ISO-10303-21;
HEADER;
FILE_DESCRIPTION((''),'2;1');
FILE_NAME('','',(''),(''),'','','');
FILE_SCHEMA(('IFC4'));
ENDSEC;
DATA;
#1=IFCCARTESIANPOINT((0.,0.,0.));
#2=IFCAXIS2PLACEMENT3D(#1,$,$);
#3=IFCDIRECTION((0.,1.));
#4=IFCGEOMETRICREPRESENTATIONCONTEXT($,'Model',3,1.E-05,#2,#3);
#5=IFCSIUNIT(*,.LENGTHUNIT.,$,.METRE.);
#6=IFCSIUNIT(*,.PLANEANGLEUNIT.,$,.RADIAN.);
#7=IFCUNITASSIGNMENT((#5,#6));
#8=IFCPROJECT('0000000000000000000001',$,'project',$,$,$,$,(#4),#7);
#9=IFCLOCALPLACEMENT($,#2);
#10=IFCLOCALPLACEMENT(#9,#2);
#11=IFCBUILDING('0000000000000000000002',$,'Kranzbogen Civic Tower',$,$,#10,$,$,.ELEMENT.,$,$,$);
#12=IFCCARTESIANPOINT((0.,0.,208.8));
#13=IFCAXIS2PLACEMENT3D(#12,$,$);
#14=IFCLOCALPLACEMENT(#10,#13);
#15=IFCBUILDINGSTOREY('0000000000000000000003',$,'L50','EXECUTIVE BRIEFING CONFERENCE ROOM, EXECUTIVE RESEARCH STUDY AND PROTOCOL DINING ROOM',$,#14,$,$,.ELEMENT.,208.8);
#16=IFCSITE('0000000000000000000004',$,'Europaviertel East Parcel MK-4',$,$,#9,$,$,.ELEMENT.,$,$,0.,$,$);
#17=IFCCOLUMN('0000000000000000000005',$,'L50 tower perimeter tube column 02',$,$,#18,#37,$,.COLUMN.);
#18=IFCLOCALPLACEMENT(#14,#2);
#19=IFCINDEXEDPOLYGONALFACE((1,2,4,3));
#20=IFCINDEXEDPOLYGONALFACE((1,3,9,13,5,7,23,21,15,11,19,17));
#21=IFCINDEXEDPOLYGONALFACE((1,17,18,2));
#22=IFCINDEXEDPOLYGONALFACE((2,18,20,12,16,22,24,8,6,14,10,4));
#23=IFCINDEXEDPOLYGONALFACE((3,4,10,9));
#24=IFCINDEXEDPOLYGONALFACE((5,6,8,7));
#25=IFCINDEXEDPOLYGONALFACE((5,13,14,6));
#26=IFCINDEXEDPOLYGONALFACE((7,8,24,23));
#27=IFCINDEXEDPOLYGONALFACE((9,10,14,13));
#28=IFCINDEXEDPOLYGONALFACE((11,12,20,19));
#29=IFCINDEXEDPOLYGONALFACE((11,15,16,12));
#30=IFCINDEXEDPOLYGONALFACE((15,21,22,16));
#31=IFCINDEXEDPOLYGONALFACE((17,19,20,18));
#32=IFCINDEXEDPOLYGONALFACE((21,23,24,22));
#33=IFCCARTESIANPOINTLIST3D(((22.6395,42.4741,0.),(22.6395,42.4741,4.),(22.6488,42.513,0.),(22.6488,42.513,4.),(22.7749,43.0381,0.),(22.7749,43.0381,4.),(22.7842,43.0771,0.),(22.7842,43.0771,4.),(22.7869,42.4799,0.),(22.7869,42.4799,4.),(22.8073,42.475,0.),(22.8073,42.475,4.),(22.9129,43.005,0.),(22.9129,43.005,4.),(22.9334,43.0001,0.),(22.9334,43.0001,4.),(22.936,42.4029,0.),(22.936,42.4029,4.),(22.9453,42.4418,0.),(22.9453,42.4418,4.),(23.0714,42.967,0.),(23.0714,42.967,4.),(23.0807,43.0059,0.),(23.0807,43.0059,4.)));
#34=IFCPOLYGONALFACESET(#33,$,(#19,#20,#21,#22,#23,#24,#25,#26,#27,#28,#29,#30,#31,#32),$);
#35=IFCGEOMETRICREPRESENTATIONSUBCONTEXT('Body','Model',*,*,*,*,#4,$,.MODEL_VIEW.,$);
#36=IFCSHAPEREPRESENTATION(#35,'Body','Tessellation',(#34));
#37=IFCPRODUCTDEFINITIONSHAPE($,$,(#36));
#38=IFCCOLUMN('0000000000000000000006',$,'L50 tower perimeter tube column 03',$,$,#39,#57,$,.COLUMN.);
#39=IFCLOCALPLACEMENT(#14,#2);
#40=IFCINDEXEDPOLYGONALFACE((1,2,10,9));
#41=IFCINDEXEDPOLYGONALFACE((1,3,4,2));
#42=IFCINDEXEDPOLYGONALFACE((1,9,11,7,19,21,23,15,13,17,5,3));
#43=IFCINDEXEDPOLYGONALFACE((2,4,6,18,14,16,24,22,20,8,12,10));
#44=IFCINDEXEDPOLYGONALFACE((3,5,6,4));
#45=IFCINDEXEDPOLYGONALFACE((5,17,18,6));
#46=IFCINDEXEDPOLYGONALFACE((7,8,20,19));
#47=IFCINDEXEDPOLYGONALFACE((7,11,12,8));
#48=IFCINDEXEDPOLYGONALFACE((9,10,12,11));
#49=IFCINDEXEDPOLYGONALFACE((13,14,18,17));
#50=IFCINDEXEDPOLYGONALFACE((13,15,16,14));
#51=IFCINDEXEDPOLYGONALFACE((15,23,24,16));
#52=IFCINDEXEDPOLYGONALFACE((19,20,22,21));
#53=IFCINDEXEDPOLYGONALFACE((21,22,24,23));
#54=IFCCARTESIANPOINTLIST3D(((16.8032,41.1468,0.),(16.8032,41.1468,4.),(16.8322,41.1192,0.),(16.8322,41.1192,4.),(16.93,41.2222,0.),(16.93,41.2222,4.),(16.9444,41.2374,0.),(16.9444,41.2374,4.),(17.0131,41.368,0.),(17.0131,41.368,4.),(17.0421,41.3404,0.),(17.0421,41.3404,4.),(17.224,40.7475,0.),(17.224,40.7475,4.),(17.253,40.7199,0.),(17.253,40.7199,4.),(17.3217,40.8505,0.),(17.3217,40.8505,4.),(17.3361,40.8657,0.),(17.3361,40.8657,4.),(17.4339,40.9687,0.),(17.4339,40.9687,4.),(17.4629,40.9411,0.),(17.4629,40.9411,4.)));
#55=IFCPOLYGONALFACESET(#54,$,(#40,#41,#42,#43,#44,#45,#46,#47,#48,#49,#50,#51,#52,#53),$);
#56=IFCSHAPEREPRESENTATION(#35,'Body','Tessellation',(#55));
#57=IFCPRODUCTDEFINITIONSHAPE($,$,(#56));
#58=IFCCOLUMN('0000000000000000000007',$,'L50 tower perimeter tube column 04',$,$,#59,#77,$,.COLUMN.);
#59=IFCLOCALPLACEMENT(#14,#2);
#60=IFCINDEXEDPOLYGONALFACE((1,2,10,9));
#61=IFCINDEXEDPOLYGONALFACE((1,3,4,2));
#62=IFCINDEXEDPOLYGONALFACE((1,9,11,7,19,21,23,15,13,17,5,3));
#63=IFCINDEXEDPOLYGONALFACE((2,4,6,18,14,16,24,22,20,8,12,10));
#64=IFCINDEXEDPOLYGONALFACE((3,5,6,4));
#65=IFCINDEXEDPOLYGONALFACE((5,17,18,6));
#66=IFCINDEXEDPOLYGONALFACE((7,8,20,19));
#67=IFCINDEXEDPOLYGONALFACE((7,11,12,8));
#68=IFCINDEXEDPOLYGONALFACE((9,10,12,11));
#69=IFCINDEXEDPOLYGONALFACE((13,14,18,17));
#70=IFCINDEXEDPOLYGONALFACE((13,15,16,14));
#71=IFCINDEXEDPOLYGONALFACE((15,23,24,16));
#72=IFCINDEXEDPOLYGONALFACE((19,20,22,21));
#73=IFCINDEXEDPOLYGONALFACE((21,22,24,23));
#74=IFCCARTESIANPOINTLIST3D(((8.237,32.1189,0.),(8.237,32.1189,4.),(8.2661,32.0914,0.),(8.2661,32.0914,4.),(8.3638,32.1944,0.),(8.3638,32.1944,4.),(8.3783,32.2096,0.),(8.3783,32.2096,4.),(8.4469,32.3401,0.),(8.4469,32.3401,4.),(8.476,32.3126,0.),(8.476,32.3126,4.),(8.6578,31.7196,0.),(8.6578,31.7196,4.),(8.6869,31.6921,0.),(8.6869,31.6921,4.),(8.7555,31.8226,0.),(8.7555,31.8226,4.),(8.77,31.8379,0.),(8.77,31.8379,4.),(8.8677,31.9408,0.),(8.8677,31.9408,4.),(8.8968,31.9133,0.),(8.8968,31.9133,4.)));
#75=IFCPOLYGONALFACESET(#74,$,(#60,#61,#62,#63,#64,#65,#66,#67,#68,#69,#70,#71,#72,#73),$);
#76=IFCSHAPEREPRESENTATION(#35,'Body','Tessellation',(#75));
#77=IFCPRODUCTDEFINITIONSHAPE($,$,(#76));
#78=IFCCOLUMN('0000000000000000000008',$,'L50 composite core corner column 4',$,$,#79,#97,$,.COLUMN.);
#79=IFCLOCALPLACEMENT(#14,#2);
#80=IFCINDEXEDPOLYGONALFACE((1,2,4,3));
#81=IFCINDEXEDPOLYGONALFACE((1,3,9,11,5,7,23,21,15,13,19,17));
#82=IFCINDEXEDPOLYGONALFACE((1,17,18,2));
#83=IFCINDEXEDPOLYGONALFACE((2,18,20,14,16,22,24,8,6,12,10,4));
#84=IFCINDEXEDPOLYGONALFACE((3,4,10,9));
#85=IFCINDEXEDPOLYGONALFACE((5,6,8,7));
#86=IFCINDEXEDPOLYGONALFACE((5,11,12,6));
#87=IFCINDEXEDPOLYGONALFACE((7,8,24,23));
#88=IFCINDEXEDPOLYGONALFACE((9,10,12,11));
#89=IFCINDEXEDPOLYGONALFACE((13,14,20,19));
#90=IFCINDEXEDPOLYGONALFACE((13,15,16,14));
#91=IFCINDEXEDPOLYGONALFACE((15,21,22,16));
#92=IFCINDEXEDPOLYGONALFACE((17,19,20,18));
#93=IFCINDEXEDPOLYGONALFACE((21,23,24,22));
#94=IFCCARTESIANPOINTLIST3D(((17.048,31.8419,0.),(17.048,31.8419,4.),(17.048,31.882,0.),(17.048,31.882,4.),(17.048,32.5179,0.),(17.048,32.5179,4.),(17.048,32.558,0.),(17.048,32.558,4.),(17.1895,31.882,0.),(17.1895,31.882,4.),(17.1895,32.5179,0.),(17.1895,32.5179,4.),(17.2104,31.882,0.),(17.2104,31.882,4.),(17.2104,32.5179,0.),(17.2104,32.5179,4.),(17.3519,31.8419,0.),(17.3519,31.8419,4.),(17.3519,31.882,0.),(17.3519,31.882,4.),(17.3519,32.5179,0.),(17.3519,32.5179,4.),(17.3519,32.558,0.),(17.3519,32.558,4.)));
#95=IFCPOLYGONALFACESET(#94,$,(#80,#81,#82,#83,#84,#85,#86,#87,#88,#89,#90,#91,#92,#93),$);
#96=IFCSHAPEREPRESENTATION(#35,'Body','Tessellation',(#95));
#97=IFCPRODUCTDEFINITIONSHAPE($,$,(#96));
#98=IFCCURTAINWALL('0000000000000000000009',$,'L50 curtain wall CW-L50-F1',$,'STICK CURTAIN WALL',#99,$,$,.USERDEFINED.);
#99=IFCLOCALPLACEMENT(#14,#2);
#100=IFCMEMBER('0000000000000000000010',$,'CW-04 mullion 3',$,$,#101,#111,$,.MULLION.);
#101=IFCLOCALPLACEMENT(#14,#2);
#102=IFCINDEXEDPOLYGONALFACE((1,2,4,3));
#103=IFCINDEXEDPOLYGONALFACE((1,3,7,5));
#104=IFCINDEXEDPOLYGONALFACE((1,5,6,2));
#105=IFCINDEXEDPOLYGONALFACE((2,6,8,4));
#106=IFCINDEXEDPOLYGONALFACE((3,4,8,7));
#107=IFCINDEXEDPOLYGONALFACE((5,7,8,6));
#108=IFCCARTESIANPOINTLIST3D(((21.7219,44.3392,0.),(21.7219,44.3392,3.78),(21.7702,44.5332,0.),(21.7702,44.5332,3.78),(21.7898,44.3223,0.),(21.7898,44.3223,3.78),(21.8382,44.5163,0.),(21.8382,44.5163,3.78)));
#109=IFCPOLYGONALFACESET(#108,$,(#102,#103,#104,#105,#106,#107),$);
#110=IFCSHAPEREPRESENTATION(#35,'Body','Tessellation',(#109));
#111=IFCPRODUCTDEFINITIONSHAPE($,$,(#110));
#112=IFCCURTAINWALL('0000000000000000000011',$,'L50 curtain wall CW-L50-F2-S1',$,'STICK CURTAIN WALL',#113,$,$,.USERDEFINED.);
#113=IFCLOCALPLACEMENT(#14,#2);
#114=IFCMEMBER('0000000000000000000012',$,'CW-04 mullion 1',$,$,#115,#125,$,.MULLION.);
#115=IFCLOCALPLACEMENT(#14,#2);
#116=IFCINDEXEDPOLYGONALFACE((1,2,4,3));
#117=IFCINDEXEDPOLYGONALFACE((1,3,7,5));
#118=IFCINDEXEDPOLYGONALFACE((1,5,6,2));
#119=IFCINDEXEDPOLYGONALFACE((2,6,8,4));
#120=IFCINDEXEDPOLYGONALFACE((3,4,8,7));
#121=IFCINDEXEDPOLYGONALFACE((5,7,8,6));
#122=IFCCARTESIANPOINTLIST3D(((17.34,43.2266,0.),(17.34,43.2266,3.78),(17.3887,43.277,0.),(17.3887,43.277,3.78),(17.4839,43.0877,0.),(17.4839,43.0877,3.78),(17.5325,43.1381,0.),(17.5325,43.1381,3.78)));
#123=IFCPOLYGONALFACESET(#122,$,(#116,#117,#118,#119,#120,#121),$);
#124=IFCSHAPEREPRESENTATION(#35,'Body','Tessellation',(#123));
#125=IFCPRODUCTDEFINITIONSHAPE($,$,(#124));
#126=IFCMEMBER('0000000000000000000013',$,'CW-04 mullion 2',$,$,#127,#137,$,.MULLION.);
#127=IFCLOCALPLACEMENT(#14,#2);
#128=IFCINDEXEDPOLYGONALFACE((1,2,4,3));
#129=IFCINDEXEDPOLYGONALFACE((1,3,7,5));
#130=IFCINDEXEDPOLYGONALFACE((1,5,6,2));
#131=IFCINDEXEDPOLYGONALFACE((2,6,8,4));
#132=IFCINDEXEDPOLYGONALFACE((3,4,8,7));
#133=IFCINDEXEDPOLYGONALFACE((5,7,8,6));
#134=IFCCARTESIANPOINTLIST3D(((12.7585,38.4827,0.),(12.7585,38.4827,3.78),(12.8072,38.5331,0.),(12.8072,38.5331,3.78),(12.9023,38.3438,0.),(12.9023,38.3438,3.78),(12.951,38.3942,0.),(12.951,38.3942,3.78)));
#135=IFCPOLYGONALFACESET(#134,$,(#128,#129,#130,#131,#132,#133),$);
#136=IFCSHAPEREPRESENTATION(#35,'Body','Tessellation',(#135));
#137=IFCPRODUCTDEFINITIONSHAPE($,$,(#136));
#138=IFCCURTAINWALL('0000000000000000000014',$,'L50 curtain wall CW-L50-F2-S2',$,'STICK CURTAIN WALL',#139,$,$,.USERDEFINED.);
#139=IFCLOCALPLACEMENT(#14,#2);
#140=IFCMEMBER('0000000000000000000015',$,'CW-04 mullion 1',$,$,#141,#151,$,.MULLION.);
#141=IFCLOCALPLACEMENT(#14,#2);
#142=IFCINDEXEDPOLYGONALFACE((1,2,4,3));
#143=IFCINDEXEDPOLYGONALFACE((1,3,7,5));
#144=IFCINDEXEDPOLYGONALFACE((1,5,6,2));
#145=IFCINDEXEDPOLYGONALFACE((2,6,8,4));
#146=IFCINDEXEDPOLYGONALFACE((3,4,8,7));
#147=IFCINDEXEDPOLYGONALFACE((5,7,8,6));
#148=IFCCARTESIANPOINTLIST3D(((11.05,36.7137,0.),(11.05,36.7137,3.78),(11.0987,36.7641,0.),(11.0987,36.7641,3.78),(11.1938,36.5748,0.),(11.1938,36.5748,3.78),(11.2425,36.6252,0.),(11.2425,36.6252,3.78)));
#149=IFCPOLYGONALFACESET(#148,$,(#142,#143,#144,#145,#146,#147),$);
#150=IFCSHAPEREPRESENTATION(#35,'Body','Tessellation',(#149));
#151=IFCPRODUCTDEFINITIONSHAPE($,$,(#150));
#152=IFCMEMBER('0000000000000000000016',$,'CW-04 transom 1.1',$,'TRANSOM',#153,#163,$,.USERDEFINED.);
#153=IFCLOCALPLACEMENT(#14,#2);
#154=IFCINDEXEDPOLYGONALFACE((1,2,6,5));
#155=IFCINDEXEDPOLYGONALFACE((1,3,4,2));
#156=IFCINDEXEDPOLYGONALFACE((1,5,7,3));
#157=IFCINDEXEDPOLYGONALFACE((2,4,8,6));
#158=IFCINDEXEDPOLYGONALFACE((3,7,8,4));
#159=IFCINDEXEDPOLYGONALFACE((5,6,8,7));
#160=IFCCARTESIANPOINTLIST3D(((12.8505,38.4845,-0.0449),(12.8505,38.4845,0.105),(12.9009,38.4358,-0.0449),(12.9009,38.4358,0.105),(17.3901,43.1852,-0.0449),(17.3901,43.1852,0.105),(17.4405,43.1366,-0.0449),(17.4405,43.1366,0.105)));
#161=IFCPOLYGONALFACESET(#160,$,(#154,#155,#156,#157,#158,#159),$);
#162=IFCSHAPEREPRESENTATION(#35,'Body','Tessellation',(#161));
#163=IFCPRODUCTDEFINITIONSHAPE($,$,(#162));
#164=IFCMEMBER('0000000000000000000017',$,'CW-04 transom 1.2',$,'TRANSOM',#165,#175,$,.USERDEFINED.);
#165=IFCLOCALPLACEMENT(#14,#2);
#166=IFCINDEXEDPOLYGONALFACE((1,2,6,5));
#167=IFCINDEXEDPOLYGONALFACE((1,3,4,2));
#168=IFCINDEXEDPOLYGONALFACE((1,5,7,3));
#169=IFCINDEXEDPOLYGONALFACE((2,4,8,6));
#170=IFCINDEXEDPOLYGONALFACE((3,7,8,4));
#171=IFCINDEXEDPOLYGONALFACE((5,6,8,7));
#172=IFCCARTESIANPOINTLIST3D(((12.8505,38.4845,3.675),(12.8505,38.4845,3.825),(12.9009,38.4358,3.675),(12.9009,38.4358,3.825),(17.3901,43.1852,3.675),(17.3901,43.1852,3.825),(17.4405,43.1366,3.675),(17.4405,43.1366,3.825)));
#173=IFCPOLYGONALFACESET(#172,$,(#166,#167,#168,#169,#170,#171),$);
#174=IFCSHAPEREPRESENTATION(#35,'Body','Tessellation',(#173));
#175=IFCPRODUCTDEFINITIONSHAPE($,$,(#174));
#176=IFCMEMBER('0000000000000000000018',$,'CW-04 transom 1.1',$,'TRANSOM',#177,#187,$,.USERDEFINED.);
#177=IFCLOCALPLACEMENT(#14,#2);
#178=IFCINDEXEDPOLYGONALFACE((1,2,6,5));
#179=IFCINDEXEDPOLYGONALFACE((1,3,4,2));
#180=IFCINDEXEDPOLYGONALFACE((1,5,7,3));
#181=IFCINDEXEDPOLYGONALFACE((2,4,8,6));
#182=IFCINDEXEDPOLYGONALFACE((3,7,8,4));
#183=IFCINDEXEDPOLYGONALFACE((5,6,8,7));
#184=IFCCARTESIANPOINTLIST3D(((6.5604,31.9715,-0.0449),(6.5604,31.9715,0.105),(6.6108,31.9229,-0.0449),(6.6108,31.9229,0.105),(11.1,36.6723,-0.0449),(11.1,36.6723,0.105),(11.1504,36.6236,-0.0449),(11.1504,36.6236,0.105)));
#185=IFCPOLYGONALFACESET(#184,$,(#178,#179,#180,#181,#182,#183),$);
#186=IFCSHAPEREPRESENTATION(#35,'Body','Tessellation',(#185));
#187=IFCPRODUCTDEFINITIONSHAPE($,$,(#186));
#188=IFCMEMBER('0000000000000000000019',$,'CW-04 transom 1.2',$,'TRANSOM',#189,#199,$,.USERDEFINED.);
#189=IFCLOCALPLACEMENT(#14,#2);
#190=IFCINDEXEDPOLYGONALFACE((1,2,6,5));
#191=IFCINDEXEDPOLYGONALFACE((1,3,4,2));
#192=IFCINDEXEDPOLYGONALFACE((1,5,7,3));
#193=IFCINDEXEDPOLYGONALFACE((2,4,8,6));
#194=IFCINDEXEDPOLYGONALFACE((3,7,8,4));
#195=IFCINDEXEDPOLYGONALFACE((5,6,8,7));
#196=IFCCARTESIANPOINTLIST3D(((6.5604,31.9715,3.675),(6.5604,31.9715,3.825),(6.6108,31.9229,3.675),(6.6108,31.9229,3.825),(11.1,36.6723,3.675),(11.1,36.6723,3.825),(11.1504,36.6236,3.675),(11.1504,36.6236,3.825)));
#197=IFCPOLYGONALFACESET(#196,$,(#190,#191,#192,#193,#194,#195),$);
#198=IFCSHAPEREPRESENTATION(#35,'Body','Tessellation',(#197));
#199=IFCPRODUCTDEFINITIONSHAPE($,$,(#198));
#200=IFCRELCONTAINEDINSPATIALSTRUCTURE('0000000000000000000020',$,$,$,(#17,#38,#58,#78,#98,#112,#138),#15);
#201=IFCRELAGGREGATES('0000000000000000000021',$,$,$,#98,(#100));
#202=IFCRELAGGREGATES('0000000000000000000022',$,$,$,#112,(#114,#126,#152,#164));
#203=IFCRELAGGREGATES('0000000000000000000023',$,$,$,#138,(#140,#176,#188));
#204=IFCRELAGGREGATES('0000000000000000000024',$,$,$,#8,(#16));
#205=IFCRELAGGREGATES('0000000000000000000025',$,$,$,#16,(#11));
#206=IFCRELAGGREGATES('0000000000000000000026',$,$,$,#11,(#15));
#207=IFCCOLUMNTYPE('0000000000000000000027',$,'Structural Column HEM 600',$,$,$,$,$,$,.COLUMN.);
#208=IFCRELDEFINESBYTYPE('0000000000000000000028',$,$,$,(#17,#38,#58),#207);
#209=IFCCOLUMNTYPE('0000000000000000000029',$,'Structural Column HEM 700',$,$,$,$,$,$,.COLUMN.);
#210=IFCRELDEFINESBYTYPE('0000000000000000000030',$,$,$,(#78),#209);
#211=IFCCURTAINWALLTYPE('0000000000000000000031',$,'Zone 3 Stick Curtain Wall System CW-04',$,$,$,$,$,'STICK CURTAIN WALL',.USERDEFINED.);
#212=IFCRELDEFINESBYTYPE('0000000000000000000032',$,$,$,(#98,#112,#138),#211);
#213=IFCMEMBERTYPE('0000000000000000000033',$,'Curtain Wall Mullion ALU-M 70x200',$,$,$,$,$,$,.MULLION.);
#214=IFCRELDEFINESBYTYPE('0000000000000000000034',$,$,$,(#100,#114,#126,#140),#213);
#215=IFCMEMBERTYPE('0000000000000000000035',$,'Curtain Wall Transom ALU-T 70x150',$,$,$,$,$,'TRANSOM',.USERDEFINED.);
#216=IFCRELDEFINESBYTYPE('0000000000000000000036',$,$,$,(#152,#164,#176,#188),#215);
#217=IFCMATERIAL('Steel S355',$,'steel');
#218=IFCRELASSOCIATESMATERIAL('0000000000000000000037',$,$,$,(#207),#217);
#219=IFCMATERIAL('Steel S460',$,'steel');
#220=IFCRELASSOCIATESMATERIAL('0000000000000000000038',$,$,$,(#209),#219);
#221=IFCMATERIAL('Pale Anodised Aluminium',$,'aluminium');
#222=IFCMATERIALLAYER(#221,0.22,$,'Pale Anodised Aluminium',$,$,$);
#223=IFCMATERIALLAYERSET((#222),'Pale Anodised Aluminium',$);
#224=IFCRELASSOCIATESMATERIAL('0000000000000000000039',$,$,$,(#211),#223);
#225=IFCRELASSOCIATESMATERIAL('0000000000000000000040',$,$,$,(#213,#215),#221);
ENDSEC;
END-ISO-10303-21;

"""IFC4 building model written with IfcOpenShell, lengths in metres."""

from ifc_helpers import new_model, si_unit, direction, frame, origin, origin_2d, place, context, subcontext, project, spatial, rectangle, i_section, extrude, material, layer, layer_set, material_profile, profile_set, type_object, element, aggregate, save


model = new_model("IFC4")

# Units and contexts
model_context = context("Model", 3, precision=1e-05, world=origin(), true_north=direction((0.0, 1.0)))
body_context = subcontext(model_context, "Body", "Model", "MODEL_VIEW")
ifc_project = project(units=[si_unit("LENGTHUNIT", "METRE"), si_unit("PLANEANGLEUNIT", "RADIAN")], contexts=[model_context])

# Site, building, storey
site_placement = place(None, origin())
site = spatial("IfcSite", under=ifc_project, at=site_placement, Name="Europaviertel East Parcel MK-4", CompositionType="ELEMENT", RefElevation=0.0)
building_placement = place(site_placement, origin())
building = spatial("IfcBuilding", under=site, at=building_placement, Name="Kranzbogen Civic Tower", CompositionType="ELEMENT")
storey_placement = place(building_placement, frame((0.0, 0.0, 208.8)))
storey = spatial("IfcBuildingStorey", under=building, at=storey_placement, Name="L50", Description="EXECUTIVE BRIEFING CONFERENCE ROOM, EXECUTIVE RESEARCH STUDY AND PROTOCOL DINING ROOM", CompositionType="ELEMENT", Elevation=208.8)

# Columns
ifc_material_1 = material(Name="Steel S355", Category="steel")
ifc_material_profile_1 = material_profile(ifc_material_1, i_section(OverallWidth=0.3049, OverallDepth=0.6201, WebThickness=0.021, FlangeThickness=0.04, at=origin_2d()), Name="HEM 600")
ifc_profile_set_1 = profile_set([ifc_material_profile_1], Name="Steel S355")
column_type_1 = type_object("IfcColumnType", Name="Structural Column HEM 600", PredefinedType="COLUMN", material=ifc_profile_set_1)
for number, where, z_axis, x_axis, name in (
    (1, (22.8601, 42.74, 0.0), (0.0, 0.0, 1.0), (-0.97237, 0.233445, 0.0), "L50 tower perimeter tube column 02"),
    (2, (17.1331, 41.0439, 0.0), (0.0, 0.0, 1.0), (0.688355, 0.725374, 0.0), "L50 tower perimeter tube column 03"),
    (3, (8.5669, 32.0161, 0.0), (0.0, 0.0, 1.0), (0.688355, 0.725374, 0.0), "L50 tower perimeter tube column 04"),
):
    element("IfcColumn", number, at=place(storey_placement, frame(where, z_axis=z_axis, x_axis=x_axis)), inside=storey, type_object=column_type_1, Name=name, PredefinedType="COLUMN", context=body_context, shape_type="SweptSolid", body=[
        extrude(i_section(OverallWidth=0.3049, OverallDepth=0.6201, WebThickness=0.021, FlangeThickness=0.04, at=origin_2d()), origin(), (0.0, 0.0, 1.0), 4.0),
    ])
ifc_material_2 = material(Name="Steel S460", Category="steel")
ifc_material_profile_2 = material_profile(ifc_material_2, i_section(OverallWidth=0.304, OverallDepth=0.7161, WebThickness=0.021, FlangeThickness=0.04, at=origin_2d()), Name="HEM 700")
ifc_profile_set_2 = profile_set([ifc_material_profile_2], Name="Steel S460")
column_type_2 = type_object("IfcColumnType", Name="Structural Column HEM 700", PredefinedType="COLUMN", material=ifc_profile_set_2)
column_placement = place(storey_placement, frame((17.2, 32.2, 0.0), z_axis=(0.0, 0.0, 1.0), x_axis=(1.0, 0.0, 0.0)))
element("IfcColumn", 4, at=column_placement, inside=storey, type_object=column_type_2, Name="L50 composite core corner column 4", PredefinedType="COLUMN", context=body_context, shape_type="SweptSolid", body=[
    extrude(i_section(OverallWidth=0.304, OverallDepth=0.7161, WebThickness=0.021, FlangeThickness=0.04, at=origin_2d()), origin(), (0.0, 0.0, 1.0), 4.0),
])

# Curtain wall, member
ifc_material_3 = material(Name="Pale Anodised Aluminium", Category="aluminium")
ifc_layer_1 = layer(ifc_material_3, 0.22, Name="Pale Anodised Aluminium")
ifc_layer_set_1 = layer_set([ifc_layer_1], Name="Pale Anodised Aluminium")
curtain_wall_type = type_object("IfcCurtainWallType", Name="Zone 3 Stick Curtain Wall System CW-04", ElementType="STICK CURTAIN WALL", PredefinedType="USERDEFINED", material=ifc_layer_set_1)
curtain_wall_1_placement = place(storey_placement, origin())
curtain_wall_1 = element("IfcCurtainWall", 5, at=curtain_wall_1_placement, inside=storey, type_object=curtain_wall_type, Name="L50 curtain wall CW-L50-F1", ObjectType="STICK CURTAIN WALL", PredefinedType="USERDEFINED")
ifc_material_profile_3 = material_profile(ifc_material_3, rectangle(XDim=0.0701, YDim=0.2, at=origin_2d()), Name="ALU-M 70x200")
ifc_profile_set_3 = profile_set([ifc_material_profile_3], Name="Pale Anodised Aluminium")
member_type_1 = type_object("IfcMemberType", Name="Curtain Wall Mullion ALU-M 70x200", PredefinedType="MULLION", material=ifc_profile_set_3)
member_1_placement = place(storey_placement, frame((21.78, 44.4277, 0.0), z_axis=(0.0, 0.0, 1.0), x_axis=(-0.9703, 0.241906, 0.0)))
member_1 = element("IfcMember", 6, at=member_1_placement, type_object=member_type_1, Name="CW-04 mullion 3", PredefinedType="MULLION", context=body_context, shape_type="SweptSolid", body=[
    extrude(rectangle(XDim=0.0701, YDim=0.2, at=origin_2d()), origin(), (0.0, 0.0, 1.0), 3.78),
])
aggregate(curtain_wall_1, [member_1])

# Curtain wall, members
curtain_wall_2_placement = place(storey_placement, origin())
curtain_wall_2 = element("IfcCurtainWall", 7, at=curtain_wall_2_placement, inside=storey, type_object=curtain_wall_type, Name="L50 curtain wall CW-L50-F2-S1", ObjectType="STICK CURTAIN WALL", PredefinedType="USERDEFINED")
member_2_placement = place(storey_placement, frame((17.4363, 43.1824, 0.0), z_axis=(0.0, 0.0, 1.0), x_axis=(-0.694678, -0.719321, 0.0)))
member_2 = element("IfcMember", 8, at=member_2_placement, type_object=member_type_1, Name="CW-04 mullion 1", PredefinedType="MULLION", context=body_context, shape_type="SweptSolid", body=[
    extrude(rectangle(XDim=0.0701, YDim=0.2, at=origin_2d()), origin(), (0.0, 0.0, 1.0), 3.78),
])
member_3_placement = place(storey_placement, frame((12.8547, 38.4385, 0.0), z_axis=(0.0, 0.0, 1.0), x_axis=(-0.694678, -0.719321, 0.0)))
member_3 = element("IfcMember", 9, at=member_3_placement, type_object=member_type_1, Name="CW-04 mullion 2", PredefinedType="MULLION", context=body_context, shape_type="SweptSolid", body=[
    extrude(rectangle(XDim=0.0701, YDim=0.2, at=origin_2d()), origin(), (0.0, 0.0, 1.0), 3.78),
])

# Curtain wall, member
curtain_wall_3_placement = place(storey_placement, origin())
curtain_wall_3 = element("IfcCurtainWall", 10, at=curtain_wall_3_placement, inside=storey, type_object=curtain_wall_type, Name="L50 curtain wall CW-L50-F2-S2", ObjectType="STICK CURTAIN WALL", PredefinedType="USERDEFINED")
member_4_placement = place(storey_placement, frame((11.1462, 36.6694, 0.0), z_axis=(0.0, 0.0, 1.0), x_axis=(-0.694678, -0.719321, 0.0)))
member_4 = element("IfcMember", 11, at=member_4_placement, type_object=member_type_1, Name="CW-04 mullion 1", PredefinedType="MULLION", context=body_context, shape_type="SweptSolid", body=[
    extrude(rectangle(XDim=0.0701, YDim=0.2, at=origin_2d()), origin(), (0.0, 0.0, 1.0), 3.78),
])

# Members
ifc_material_profile_4 = material_profile(ifc_material_3, rectangle(XDim=0.0701, YDim=0.1499, at=origin_2d()), Name="ALU-T 70x150")
ifc_profile_set_4 = profile_set([ifc_material_profile_4], Name="Pale Anodised Aluminium")
member_type_2 = type_object("IfcMemberType", Name="Curtain Wall Transom ALU-T 70x150", ElementType="TRANSOM", PredefinedType="USERDEFINED", material=ifc_profile_set_4)
member_5_placement = place(storey_placement, frame((17.4153, 43.1609, 0.03), z_axis=(-0.694671, -0.719328, 0.0), x_axis=(0.719328, -0.694671, 0.0)))
member_5 = element("IfcMember", 12, at=member_5_placement, type_object=member_type_2, Name="CW-04 transom 1.1", ObjectType="TRANSOM", PredefinedType="USERDEFINED", context=body_context, shape_type="SweptSolid", body=[
    extrude(rectangle(XDim=0.0701, YDim=0.1499, at=origin_2d()), origin(), (0.0, 0.0, 1.0), 6.5349),
])
member_6_placement = place(storey_placement, frame((17.4153, 43.1609, 3.75), z_axis=(-0.694671, -0.719328, 0.0), x_axis=(0.719328, -0.694671, 0.0)))
member_6 = element("IfcMember", 13, at=member_6_placement, type_object=member_type_2, Name="CW-04 transom 1.2", ObjectType="TRANSOM", PredefinedType="USERDEFINED", context=body_context, shape_type="SweptSolid", body=[
    extrude(rectangle(XDim=0.0701, YDim=0.1499, at=origin_2d()), origin(), (0.0, 0.0, 1.0), 6.5349),
])
member_7_placement = place(storey_placement, frame((11.1252, 36.6479, 0.03), z_axis=(-0.694671, -0.719328, 0.0), x_axis=(0.719328, -0.694671, 0.0)))
member_7 = element("IfcMember", 14, at=member_7_placement, type_object=member_type_2, Name="CW-04 transom 1.1", ObjectType="TRANSOM", PredefinedType="USERDEFINED", context=body_context, shape_type="SweptSolid", body=[
    extrude(rectangle(XDim=0.0701, YDim=0.1499, at=origin_2d()), origin(), (0.0, 0.0, 1.0), 6.5349),
])
member_8_placement = place(storey_placement, frame((11.1252, 36.6479, 3.75), z_axis=(-0.694671, -0.719328, 0.0), x_axis=(0.719328, -0.694671, 0.0)))
member_8 = element("IfcMember", 15, at=member_8_placement, type_object=member_type_2, Name="CW-04 transom 1.2", ObjectType="TRANSOM", PredefinedType="USERDEFINED", context=body_context, shape_type="SweptSolid", body=[
    extrude(rectangle(XDim=0.0701, YDim=0.1499, at=origin_2d()), origin(), (0.0, 0.0, 1.0), 6.5349),
])

aggregate(curtain_wall_2, [member_2, member_3, member_5, member_6])
aggregate(curtain_wall_3, [member_4, member_7, member_8])

save(model, "model.ifc")
